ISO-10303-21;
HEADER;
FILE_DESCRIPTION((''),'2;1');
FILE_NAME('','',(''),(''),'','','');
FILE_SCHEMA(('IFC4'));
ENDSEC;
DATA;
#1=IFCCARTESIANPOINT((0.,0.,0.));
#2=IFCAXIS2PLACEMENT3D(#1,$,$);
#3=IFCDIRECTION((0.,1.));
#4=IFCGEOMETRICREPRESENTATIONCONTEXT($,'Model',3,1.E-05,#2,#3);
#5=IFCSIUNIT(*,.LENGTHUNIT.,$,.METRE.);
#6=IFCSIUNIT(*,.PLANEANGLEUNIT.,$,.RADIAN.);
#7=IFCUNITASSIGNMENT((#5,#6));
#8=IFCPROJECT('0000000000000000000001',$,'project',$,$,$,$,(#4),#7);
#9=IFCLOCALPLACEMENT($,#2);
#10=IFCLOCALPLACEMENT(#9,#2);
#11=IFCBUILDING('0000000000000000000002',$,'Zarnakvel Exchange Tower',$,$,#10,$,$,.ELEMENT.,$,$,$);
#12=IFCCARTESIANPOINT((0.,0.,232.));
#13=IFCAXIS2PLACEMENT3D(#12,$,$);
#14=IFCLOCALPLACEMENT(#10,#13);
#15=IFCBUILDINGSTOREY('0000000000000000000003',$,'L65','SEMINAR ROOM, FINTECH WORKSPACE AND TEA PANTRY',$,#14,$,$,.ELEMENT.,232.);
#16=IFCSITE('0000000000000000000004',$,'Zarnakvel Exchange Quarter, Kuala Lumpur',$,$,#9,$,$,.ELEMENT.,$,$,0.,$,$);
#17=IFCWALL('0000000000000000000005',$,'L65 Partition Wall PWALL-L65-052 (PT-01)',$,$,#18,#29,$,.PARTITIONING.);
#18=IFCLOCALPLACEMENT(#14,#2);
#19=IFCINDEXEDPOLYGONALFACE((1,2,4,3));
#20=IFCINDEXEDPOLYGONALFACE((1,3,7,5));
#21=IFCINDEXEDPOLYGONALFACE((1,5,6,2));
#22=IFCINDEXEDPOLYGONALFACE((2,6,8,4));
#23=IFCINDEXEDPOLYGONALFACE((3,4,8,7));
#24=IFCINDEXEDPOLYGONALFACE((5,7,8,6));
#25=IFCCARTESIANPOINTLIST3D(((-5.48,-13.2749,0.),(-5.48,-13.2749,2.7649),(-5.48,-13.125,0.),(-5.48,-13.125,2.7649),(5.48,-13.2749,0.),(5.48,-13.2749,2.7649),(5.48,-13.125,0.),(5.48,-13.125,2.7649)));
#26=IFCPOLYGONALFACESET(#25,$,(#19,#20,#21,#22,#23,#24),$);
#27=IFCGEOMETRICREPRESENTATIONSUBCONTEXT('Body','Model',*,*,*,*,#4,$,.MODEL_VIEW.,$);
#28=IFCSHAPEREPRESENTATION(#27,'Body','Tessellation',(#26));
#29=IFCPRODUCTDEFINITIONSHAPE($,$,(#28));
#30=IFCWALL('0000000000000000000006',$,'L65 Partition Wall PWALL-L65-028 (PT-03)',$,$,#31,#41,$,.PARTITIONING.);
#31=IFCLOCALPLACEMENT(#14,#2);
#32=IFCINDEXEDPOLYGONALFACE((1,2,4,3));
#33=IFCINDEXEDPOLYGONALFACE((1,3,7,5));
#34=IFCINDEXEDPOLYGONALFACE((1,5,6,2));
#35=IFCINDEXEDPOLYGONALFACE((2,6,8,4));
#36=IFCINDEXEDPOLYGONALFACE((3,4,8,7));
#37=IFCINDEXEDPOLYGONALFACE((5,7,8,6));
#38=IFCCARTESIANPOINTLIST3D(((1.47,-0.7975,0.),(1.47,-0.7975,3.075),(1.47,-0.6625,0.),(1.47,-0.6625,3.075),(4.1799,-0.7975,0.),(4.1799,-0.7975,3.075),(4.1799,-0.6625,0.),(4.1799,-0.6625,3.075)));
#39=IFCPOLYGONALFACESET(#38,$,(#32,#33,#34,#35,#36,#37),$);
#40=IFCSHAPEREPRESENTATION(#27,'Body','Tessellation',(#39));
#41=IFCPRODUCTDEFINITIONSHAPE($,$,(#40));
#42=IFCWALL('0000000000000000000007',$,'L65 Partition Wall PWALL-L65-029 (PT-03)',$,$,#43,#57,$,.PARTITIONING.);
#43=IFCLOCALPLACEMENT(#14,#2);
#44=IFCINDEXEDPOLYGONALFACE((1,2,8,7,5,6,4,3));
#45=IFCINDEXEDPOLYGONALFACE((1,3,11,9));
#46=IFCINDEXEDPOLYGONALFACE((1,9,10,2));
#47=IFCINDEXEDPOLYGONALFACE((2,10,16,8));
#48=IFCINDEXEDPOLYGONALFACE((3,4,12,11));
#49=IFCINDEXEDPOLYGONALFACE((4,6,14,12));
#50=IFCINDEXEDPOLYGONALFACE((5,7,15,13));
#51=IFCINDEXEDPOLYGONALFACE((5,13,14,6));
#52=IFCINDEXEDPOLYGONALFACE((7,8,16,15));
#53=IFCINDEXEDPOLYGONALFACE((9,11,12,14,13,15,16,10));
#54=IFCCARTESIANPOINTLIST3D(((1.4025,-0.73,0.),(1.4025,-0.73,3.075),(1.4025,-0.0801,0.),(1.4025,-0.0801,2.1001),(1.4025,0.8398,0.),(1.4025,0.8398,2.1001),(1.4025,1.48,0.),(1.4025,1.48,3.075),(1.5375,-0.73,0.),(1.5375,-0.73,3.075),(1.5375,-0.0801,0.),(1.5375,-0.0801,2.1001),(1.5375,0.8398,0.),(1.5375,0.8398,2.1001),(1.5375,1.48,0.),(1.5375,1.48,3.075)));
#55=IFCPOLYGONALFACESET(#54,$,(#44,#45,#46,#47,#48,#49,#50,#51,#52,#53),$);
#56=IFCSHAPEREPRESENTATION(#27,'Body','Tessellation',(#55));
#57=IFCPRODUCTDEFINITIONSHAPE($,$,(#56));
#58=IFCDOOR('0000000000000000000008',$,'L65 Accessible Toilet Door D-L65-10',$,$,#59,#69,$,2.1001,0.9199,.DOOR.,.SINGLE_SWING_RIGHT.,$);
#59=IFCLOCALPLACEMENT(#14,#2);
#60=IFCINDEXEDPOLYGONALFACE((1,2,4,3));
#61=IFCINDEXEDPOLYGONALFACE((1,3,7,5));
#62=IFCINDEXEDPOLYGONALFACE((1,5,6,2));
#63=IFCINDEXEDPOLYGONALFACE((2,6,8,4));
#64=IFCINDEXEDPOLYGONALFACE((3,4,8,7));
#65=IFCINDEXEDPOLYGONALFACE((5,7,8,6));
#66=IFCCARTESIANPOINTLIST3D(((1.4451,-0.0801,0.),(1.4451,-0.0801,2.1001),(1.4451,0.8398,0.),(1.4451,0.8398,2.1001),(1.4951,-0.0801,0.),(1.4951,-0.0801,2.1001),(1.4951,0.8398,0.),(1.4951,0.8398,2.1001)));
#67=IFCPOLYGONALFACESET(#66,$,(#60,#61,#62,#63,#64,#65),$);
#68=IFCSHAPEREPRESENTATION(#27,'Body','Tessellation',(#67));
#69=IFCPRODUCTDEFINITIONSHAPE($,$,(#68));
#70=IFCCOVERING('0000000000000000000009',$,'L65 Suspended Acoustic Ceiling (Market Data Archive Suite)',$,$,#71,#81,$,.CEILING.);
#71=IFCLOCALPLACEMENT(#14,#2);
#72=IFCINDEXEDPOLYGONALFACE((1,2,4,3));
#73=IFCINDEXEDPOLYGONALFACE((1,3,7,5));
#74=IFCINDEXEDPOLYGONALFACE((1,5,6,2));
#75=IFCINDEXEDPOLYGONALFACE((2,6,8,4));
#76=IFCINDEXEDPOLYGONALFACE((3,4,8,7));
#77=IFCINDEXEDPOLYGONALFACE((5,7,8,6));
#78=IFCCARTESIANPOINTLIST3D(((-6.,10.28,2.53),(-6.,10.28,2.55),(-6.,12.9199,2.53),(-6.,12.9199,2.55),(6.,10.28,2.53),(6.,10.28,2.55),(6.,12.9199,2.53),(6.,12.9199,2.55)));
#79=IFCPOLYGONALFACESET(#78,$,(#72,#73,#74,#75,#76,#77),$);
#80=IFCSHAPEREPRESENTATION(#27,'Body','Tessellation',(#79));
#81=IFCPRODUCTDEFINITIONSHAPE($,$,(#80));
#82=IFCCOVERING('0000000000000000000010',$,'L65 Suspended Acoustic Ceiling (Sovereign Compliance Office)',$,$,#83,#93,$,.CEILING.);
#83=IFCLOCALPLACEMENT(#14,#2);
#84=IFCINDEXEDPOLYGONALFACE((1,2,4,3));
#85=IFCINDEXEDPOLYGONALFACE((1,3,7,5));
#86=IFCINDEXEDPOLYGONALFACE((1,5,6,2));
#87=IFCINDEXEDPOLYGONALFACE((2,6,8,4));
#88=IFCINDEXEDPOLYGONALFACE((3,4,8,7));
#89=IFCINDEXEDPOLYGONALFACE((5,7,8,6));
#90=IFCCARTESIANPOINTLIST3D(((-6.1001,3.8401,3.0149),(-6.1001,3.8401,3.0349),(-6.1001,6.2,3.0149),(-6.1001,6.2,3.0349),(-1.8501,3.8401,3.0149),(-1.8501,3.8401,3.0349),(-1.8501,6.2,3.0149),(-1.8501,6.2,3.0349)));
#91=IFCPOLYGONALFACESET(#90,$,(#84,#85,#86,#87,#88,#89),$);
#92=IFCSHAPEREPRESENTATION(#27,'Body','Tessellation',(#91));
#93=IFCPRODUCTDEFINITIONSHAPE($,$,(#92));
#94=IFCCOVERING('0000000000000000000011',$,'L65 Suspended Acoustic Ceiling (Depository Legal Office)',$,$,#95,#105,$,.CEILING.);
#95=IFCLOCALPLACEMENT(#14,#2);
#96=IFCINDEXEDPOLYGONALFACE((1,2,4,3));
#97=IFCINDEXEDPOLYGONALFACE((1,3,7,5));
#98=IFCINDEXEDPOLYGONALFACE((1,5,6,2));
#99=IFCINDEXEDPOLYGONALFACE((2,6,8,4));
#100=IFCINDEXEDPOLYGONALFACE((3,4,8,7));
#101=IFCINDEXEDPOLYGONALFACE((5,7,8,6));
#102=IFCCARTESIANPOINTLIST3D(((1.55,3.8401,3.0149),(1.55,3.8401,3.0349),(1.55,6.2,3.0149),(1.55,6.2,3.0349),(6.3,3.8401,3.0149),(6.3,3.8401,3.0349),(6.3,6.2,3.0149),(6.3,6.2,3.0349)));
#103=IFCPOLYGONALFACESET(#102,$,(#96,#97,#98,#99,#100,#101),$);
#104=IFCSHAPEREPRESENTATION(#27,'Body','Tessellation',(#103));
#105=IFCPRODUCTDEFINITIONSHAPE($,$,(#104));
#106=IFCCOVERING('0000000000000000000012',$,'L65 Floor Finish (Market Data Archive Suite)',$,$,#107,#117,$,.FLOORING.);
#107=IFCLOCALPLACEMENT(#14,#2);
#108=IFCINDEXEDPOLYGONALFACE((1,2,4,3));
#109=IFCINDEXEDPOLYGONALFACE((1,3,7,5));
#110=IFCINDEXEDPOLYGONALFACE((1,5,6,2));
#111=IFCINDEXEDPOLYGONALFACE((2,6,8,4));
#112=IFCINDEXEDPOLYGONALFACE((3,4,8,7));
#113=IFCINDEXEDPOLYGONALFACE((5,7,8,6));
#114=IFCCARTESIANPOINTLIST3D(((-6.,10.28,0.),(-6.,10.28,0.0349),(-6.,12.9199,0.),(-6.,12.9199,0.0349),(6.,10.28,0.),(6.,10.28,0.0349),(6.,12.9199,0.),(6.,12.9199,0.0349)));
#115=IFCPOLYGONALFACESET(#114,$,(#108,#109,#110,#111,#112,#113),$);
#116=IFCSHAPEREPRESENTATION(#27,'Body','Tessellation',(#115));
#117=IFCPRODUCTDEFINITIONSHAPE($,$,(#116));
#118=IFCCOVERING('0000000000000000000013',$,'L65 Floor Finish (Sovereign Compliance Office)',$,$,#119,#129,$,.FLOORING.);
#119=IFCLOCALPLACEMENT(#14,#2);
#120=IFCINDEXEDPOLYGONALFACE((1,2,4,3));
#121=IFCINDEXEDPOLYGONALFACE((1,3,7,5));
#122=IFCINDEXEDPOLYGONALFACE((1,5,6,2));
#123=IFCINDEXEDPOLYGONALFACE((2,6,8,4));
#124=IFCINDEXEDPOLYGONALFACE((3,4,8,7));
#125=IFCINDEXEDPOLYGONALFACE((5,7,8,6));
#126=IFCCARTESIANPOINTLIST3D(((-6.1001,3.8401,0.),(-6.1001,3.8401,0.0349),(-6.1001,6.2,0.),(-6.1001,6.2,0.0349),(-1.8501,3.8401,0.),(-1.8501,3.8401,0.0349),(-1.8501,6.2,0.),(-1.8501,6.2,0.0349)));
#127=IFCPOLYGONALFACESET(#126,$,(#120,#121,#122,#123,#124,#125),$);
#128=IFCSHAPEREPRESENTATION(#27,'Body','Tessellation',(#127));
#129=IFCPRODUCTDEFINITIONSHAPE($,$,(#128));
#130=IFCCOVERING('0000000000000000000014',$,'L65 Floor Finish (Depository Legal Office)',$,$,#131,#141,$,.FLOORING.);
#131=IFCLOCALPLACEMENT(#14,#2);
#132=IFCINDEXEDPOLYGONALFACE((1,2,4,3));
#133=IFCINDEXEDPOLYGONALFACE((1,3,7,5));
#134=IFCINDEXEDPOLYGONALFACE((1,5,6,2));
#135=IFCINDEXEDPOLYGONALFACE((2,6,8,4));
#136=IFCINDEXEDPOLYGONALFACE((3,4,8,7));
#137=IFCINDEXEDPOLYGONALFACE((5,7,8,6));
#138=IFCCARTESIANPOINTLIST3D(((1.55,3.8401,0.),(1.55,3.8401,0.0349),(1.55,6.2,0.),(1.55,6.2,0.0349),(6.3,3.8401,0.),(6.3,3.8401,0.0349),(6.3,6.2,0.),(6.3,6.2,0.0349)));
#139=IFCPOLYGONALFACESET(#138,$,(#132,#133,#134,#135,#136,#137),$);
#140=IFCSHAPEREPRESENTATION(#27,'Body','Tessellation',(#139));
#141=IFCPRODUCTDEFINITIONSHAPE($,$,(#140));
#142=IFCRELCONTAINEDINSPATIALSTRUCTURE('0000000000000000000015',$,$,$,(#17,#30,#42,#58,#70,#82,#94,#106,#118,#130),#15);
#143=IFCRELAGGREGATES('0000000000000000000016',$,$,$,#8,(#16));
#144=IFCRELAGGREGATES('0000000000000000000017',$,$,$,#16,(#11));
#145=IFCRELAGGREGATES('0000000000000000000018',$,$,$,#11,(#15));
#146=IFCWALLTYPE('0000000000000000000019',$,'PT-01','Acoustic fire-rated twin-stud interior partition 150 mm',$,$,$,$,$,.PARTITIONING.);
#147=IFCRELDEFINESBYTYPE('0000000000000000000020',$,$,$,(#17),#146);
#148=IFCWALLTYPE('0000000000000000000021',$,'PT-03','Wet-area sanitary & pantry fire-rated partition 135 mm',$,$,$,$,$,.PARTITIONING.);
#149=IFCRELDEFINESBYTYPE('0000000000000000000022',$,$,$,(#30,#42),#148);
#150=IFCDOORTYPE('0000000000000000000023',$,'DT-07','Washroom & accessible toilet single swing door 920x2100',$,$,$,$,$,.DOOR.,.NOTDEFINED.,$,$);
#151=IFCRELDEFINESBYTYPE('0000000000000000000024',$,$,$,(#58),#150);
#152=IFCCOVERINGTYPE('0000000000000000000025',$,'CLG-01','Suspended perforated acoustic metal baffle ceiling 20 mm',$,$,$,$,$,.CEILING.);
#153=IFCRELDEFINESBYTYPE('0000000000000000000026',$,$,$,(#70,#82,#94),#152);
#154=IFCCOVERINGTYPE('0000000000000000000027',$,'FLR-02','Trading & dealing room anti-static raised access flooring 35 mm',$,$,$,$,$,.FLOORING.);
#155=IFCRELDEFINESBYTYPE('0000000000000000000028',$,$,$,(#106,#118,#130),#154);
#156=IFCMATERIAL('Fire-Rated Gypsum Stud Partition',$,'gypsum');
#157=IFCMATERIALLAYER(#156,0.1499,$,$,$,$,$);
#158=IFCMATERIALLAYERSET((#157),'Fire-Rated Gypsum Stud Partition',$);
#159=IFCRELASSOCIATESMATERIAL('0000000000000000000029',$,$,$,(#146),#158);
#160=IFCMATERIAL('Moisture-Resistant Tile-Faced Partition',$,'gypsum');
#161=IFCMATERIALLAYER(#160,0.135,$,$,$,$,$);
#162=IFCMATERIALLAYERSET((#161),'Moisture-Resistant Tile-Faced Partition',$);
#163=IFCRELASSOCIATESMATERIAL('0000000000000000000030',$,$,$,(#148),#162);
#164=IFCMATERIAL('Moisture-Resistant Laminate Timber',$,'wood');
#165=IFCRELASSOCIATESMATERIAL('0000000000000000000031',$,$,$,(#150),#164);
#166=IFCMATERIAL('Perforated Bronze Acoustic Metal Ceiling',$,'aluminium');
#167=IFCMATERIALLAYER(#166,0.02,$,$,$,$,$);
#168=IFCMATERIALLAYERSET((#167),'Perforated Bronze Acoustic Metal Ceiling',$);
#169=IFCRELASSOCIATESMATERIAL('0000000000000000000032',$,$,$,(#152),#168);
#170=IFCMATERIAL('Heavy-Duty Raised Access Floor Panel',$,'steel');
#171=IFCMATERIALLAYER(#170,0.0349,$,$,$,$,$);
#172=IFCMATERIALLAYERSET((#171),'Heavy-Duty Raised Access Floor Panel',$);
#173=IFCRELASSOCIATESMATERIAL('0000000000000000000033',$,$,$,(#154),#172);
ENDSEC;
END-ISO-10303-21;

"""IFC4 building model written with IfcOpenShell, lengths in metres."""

from ifc_helpers import new_model, si_unit, direction, frame, frame_2d, origin, place, context, subcontext, project, spatial, polyline, rectangle, outline, extrude, source, transform, mapped, material, layer, layer_set, type_object, element, fill, save


model = new_model("IFC4")

# Units and contexts
model_context = context("Model", 3, precision=1e-05, world=origin(), true_north=direction((0.0, 1.0)))
body_context = subcontext(model_context, "Body", "Model", "MODEL_VIEW")
ifc_project = project(units=[si_unit("LENGTHUNIT", "METRE"), si_unit("PLANEANGLEUNIT", "RADIAN")], contexts=[model_context])

# Site, building, storey
site_placement = place(None, origin())
site = spatial("IfcSite", under=ifc_project, at=site_placement, Name="Zarnakvel Exchange Quarter, Kuala Lumpur", CompositionType="ELEMENT", RefElevation=0.0)
building_placement = place(site_placement, origin())
building = spatial("IfcBuilding", under=site, at=building_placement, Name="Zarnakvel Exchange Tower", CompositionType="ELEMENT")
storey_placement = place(building_placement, frame((0.0, 0.0, 232.0)))
storey = spatial("IfcBuildingStorey", under=building, at=storey_placement, Name="L65", Description="SEMINAR ROOM, FINTECH WORKSPACE AND TEA PANTRY", CompositionType="ELEMENT", Elevation=232.0)

# Shared definitions
ifc_material_1 = material(Name="Fire-Rated Gypsum Stud Partition", Category="gypsum")
ifc_layer_1 = layer(ifc_material_1, 0.1499)
ifc_layer_set_1 = layer_set([ifc_layer_1], Name="Fire-Rated Gypsum Stud Partition")
wall_type_1 = type_object("IfcWallType", Name="PT-01", Description="Acoustic fire-rated twin-stud interior partition 150 mm", PredefinedType="PARTITIONING", material=ifc_layer_set_1)

# Walls
wall_1_placement = place(storey_placement, frame((5.48, -13.2, 0.0), z_axis=(0.0, 0.0, 1.0), x_axis=(-1.0, 0.0, 0.0)))
element("IfcWall", 1, at=wall_1_placement, inside=storey, type_object=wall_type_1, Name="L65 Partition Wall PWALL-L65-052 (PT-01)", PredefinedType="PARTITIONING", context=body_context, shape_type="SweptSolid", body=[
    extrude(rectangle(XDim=10.96, YDim=0.1499, at=frame_2d((5.48, 0.0))), origin(), (0.0, 0.0, 1.0), 2.7649),
])
ifc_material_2 = material(Name="Moisture-Resistant Tile-Faced Partition", Category="gypsum")
ifc_layer_2 = layer(ifc_material_2, 0.135)
ifc_layer_set_2 = layer_set([ifc_layer_2], Name="Moisture-Resistant Tile-Faced Partition")
wall_type_2 = type_object("IfcWallType", Name="PT-03", Description="Wet-area sanitary & pantry fire-rated partition 135 mm", PredefinedType="PARTITIONING", material=ifc_layer_set_2)
wall_2_placement = place(storey_placement, frame((4.1799, -0.73, 0.0), z_axis=(0.0, 0.0, 1.0), x_axis=(-1.0, 0.0, 0.0)))
element("IfcWall", 2, at=wall_2_placement, inside=storey, type_object=wall_type_2, Name="L65 Partition Wall PWALL-L65-028 (PT-03)", PredefinedType="PARTITIONING", context=body_context, shape_type="SweptSolid", body=[
    extrude(rectangle(XDim=2.71, YDim=0.135, at=frame_2d((1.355, 0.0))), origin(), (0.0, 0.0, 1.0), 3.075),
])

# Wall, opening, door
wall_3_placement = place(storey_placement, frame((1.47, -0.73, 0.0), z_axis=(0.0, 0.0, 1.0), x_axis=(0.0, 1.0, 0.0)))
wall_3 = element("IfcWall", 3, at=wall_3_placement, inside=storey, type_object=wall_type_2, Name="L65 Partition Wall PWALL-L65-029 (PT-03)", PredefinedType="PARTITIONING", context=body_context, shape_type="SweptSolid", body=[
    extrude(rectangle(XDim=2.21, YDim=0.135, at=frame_2d((1.105, 0.0))), origin(), (0.0, 0.0, 1.0), 3.075),
])
opening_1_placement = place(wall_3_placement, frame((0.6499, 0.0, 0.0)))
opening_1 = element("IfcOpeningElement", 4, at=opening_1_placement, cuts=wall_3, PredefinedType="OPENING", context=body_context, shape_type="SweptSolid", body=[
    extrude(rectangle(XDim=0.9199, YDim=2.1001, at=frame_2d((0.46, 1.05))), frame((0.0, 0.0774, 0.0), z_axis=(0.0, -1.0, 0.0), x_axis=(1.0, 0.0, 0.0)), (0.0, 0.0, 1.0), 0.155),
])
ifc_material_3 = material(Name="Moisture-Resistant Laminate Timber", Category="wood")
door_type_1 = type_object("IfcDoorType", Name="DT-07", Description="Washroom & accessible toilet single swing door 920x2100", OperationType="NOTDEFINED", PredefinedType="DOOR", material=ifc_material_3)
shared_shape_1 = source(origin(), body_context, "Body", "SweptSolid", [
    extrude(rectangle(XDim=0.9199, YDim=2.1001, at=frame_2d((0.46, 1.05))), frame((0.0, 0.0249, 0.0), z_axis=(0.0, -1.0, 0.0), x_axis=(1.0, 0.0, 0.0)), (0.0, 0.0, 1.0), 0.05),
])
door_1_placement = place(opening_1_placement, origin())
door_1 = element("IfcDoor", 5, at=door_1_placement, inside=storey, type_object=door_type_1, Name="L65 Accessible Toilet Door D-L65-10", OperationType="SINGLE_SWING_RIGHT", OverallHeight=2.1001, OverallWidth=0.9199, PredefinedType="DOOR", context=body_context, shape_type="MappedRepresentation", body=[
    mapped(shared_shape_1, transform((0.0, 0.0, 0.0), x_axis=(1.0, 0.0, 0.0), y_axis=(0.0, 1.0, 0.0), z_axis=(0.0, 0.0, 1.0), scale=1.0)),
])
fill(opening_1, door_1)

# Coverings
ifc_material_4 = material(Name="Perforated Bronze Acoustic Metal Ceiling", Category="aluminium")
ifc_layer_3 = layer(ifc_material_4, 0.02)
ifc_layer_set_3 = layer_set([ifc_layer_3], Name="Perforated Bronze Acoustic Metal Ceiling")
covering_type_1 = type_object("IfcCoveringType", Name="CLG-01", Description="Suspended perforated acoustic metal baffle ceiling 20 mm", PredefinedType="CEILING", material=ifc_layer_set_3)
covering_1_placement = place(storey_placement, frame((0.0, 0.0, 2.53)))
element("IfcCovering", 6, at=covering_1_placement, inside=storey, type_object=covering_type_1, Name="L65 Suspended Acoustic Ceiling (Market Data Archive Suite)", PredefinedType="CEILING", context=body_context, shape_type="SweptSolid", body=[
    extrude(outline(polyline([(-6.0, 12.9199), (6.0, 12.9199), (6.0, 10.28), (-6.0, 10.28), (-6.0, 12.9199)])), origin(), (0.0, 0.0, 1.0), 0.02),
])
covering_2_placement = place(storey_placement, frame((0.0, 0.0, 3.0149)))
element("IfcCovering", 7, at=covering_2_placement, inside=storey, type_object=covering_type_1, Name="L65 Suspended Acoustic Ceiling (Sovereign Compliance Office)", PredefinedType="CEILING", context=body_context, shape_type="SweptSolid", body=[
    extrude(outline(polyline([(-6.1001, 6.2), (-1.8501, 6.2), (-1.8501, 3.8401), (-6.1001, 3.8401), (-6.1001, 6.2)])), origin(), (0.0, 0.0, 1.0), 0.02),
])
covering_3_placement = place(storey_placement, frame((0.0, 0.0, 3.0149)))
element("IfcCovering", 8, at=covering_3_placement, inside=storey, type_object=covering_type_1, Name="L65 Suspended Acoustic Ceiling (Depository Legal Office)", PredefinedType="CEILING", context=body_context, shape_type="SweptSolid", body=[
    extrude(outline(polyline([(1.55, 6.2), (6.3, 6.2), (6.3, 3.8401), (1.55, 3.8401), (1.55, 6.2)])), origin(), (0.0, 0.0, 1.0), 0.02),
])
ifc_material_5 = material(Name="Heavy-Duty Raised Access Floor Panel", Category="steel")
ifc_layer_4 = layer(ifc_material_5, 0.0349)
ifc_layer_set_4 = layer_set([ifc_layer_4], Name="Heavy-Duty Raised Access Floor Panel")
covering_type_2 = type_object("IfcCoveringType", Name="FLR-02", Description="Trading & dealing room anti-static raised access flooring 35 mm", PredefinedType="FLOORING", material=ifc_layer_set_4)
covering_4_placement = place(storey_placement, origin())
element("IfcCovering", 9, at=covering_4_placement, inside=storey, type_object=covering_type_2, Name="L65 Floor Finish (Market Data Archive Suite)", PredefinedType="FLOORING", context=body_context, shape_type="SweptSolid", body=[
    extrude(outline(polyline([(-6.0, 12.9199), (6.0, 12.9199), (6.0, 10.28), (-6.0, 10.28), (-6.0, 12.9199)])), origin(), (0.0, 0.0, 1.0), 0.0349),
])
covering_5_placement = place(storey_placement, origin())
element("IfcCovering", 10, at=covering_5_placement, inside=storey, type_object=covering_type_2, Name="L65 Floor Finish (Sovereign Compliance Office)", PredefinedType="FLOORING", context=body_context, shape_type="SweptSolid", body=[
    extrude(outline(polyline([(-6.1001, 6.2), (-1.8501, 6.2), (-1.8501, 3.8401), (-6.1001, 3.8401), (-6.1001, 6.2)])), origin(), (0.0, 0.0, 1.0), 0.0349),
])
covering_6_placement = place(storey_placement, origin())
element("IfcCovering", 11, at=covering_6_placement, inside=storey, type_object=covering_type_2, Name="L65 Floor Finish (Depository Legal Office)", PredefinedType="FLOORING", context=body_context, shape_type="SweptSolid", body=[
    extrude(outline(polyline([(1.55, 6.2), (6.3, 6.2), (6.3, 3.8401), (1.55, 3.8401), (1.55, 6.2)])), origin(), (0.0, 0.0, 1.0), 0.0349),
])

save(model, "model.ifc")
